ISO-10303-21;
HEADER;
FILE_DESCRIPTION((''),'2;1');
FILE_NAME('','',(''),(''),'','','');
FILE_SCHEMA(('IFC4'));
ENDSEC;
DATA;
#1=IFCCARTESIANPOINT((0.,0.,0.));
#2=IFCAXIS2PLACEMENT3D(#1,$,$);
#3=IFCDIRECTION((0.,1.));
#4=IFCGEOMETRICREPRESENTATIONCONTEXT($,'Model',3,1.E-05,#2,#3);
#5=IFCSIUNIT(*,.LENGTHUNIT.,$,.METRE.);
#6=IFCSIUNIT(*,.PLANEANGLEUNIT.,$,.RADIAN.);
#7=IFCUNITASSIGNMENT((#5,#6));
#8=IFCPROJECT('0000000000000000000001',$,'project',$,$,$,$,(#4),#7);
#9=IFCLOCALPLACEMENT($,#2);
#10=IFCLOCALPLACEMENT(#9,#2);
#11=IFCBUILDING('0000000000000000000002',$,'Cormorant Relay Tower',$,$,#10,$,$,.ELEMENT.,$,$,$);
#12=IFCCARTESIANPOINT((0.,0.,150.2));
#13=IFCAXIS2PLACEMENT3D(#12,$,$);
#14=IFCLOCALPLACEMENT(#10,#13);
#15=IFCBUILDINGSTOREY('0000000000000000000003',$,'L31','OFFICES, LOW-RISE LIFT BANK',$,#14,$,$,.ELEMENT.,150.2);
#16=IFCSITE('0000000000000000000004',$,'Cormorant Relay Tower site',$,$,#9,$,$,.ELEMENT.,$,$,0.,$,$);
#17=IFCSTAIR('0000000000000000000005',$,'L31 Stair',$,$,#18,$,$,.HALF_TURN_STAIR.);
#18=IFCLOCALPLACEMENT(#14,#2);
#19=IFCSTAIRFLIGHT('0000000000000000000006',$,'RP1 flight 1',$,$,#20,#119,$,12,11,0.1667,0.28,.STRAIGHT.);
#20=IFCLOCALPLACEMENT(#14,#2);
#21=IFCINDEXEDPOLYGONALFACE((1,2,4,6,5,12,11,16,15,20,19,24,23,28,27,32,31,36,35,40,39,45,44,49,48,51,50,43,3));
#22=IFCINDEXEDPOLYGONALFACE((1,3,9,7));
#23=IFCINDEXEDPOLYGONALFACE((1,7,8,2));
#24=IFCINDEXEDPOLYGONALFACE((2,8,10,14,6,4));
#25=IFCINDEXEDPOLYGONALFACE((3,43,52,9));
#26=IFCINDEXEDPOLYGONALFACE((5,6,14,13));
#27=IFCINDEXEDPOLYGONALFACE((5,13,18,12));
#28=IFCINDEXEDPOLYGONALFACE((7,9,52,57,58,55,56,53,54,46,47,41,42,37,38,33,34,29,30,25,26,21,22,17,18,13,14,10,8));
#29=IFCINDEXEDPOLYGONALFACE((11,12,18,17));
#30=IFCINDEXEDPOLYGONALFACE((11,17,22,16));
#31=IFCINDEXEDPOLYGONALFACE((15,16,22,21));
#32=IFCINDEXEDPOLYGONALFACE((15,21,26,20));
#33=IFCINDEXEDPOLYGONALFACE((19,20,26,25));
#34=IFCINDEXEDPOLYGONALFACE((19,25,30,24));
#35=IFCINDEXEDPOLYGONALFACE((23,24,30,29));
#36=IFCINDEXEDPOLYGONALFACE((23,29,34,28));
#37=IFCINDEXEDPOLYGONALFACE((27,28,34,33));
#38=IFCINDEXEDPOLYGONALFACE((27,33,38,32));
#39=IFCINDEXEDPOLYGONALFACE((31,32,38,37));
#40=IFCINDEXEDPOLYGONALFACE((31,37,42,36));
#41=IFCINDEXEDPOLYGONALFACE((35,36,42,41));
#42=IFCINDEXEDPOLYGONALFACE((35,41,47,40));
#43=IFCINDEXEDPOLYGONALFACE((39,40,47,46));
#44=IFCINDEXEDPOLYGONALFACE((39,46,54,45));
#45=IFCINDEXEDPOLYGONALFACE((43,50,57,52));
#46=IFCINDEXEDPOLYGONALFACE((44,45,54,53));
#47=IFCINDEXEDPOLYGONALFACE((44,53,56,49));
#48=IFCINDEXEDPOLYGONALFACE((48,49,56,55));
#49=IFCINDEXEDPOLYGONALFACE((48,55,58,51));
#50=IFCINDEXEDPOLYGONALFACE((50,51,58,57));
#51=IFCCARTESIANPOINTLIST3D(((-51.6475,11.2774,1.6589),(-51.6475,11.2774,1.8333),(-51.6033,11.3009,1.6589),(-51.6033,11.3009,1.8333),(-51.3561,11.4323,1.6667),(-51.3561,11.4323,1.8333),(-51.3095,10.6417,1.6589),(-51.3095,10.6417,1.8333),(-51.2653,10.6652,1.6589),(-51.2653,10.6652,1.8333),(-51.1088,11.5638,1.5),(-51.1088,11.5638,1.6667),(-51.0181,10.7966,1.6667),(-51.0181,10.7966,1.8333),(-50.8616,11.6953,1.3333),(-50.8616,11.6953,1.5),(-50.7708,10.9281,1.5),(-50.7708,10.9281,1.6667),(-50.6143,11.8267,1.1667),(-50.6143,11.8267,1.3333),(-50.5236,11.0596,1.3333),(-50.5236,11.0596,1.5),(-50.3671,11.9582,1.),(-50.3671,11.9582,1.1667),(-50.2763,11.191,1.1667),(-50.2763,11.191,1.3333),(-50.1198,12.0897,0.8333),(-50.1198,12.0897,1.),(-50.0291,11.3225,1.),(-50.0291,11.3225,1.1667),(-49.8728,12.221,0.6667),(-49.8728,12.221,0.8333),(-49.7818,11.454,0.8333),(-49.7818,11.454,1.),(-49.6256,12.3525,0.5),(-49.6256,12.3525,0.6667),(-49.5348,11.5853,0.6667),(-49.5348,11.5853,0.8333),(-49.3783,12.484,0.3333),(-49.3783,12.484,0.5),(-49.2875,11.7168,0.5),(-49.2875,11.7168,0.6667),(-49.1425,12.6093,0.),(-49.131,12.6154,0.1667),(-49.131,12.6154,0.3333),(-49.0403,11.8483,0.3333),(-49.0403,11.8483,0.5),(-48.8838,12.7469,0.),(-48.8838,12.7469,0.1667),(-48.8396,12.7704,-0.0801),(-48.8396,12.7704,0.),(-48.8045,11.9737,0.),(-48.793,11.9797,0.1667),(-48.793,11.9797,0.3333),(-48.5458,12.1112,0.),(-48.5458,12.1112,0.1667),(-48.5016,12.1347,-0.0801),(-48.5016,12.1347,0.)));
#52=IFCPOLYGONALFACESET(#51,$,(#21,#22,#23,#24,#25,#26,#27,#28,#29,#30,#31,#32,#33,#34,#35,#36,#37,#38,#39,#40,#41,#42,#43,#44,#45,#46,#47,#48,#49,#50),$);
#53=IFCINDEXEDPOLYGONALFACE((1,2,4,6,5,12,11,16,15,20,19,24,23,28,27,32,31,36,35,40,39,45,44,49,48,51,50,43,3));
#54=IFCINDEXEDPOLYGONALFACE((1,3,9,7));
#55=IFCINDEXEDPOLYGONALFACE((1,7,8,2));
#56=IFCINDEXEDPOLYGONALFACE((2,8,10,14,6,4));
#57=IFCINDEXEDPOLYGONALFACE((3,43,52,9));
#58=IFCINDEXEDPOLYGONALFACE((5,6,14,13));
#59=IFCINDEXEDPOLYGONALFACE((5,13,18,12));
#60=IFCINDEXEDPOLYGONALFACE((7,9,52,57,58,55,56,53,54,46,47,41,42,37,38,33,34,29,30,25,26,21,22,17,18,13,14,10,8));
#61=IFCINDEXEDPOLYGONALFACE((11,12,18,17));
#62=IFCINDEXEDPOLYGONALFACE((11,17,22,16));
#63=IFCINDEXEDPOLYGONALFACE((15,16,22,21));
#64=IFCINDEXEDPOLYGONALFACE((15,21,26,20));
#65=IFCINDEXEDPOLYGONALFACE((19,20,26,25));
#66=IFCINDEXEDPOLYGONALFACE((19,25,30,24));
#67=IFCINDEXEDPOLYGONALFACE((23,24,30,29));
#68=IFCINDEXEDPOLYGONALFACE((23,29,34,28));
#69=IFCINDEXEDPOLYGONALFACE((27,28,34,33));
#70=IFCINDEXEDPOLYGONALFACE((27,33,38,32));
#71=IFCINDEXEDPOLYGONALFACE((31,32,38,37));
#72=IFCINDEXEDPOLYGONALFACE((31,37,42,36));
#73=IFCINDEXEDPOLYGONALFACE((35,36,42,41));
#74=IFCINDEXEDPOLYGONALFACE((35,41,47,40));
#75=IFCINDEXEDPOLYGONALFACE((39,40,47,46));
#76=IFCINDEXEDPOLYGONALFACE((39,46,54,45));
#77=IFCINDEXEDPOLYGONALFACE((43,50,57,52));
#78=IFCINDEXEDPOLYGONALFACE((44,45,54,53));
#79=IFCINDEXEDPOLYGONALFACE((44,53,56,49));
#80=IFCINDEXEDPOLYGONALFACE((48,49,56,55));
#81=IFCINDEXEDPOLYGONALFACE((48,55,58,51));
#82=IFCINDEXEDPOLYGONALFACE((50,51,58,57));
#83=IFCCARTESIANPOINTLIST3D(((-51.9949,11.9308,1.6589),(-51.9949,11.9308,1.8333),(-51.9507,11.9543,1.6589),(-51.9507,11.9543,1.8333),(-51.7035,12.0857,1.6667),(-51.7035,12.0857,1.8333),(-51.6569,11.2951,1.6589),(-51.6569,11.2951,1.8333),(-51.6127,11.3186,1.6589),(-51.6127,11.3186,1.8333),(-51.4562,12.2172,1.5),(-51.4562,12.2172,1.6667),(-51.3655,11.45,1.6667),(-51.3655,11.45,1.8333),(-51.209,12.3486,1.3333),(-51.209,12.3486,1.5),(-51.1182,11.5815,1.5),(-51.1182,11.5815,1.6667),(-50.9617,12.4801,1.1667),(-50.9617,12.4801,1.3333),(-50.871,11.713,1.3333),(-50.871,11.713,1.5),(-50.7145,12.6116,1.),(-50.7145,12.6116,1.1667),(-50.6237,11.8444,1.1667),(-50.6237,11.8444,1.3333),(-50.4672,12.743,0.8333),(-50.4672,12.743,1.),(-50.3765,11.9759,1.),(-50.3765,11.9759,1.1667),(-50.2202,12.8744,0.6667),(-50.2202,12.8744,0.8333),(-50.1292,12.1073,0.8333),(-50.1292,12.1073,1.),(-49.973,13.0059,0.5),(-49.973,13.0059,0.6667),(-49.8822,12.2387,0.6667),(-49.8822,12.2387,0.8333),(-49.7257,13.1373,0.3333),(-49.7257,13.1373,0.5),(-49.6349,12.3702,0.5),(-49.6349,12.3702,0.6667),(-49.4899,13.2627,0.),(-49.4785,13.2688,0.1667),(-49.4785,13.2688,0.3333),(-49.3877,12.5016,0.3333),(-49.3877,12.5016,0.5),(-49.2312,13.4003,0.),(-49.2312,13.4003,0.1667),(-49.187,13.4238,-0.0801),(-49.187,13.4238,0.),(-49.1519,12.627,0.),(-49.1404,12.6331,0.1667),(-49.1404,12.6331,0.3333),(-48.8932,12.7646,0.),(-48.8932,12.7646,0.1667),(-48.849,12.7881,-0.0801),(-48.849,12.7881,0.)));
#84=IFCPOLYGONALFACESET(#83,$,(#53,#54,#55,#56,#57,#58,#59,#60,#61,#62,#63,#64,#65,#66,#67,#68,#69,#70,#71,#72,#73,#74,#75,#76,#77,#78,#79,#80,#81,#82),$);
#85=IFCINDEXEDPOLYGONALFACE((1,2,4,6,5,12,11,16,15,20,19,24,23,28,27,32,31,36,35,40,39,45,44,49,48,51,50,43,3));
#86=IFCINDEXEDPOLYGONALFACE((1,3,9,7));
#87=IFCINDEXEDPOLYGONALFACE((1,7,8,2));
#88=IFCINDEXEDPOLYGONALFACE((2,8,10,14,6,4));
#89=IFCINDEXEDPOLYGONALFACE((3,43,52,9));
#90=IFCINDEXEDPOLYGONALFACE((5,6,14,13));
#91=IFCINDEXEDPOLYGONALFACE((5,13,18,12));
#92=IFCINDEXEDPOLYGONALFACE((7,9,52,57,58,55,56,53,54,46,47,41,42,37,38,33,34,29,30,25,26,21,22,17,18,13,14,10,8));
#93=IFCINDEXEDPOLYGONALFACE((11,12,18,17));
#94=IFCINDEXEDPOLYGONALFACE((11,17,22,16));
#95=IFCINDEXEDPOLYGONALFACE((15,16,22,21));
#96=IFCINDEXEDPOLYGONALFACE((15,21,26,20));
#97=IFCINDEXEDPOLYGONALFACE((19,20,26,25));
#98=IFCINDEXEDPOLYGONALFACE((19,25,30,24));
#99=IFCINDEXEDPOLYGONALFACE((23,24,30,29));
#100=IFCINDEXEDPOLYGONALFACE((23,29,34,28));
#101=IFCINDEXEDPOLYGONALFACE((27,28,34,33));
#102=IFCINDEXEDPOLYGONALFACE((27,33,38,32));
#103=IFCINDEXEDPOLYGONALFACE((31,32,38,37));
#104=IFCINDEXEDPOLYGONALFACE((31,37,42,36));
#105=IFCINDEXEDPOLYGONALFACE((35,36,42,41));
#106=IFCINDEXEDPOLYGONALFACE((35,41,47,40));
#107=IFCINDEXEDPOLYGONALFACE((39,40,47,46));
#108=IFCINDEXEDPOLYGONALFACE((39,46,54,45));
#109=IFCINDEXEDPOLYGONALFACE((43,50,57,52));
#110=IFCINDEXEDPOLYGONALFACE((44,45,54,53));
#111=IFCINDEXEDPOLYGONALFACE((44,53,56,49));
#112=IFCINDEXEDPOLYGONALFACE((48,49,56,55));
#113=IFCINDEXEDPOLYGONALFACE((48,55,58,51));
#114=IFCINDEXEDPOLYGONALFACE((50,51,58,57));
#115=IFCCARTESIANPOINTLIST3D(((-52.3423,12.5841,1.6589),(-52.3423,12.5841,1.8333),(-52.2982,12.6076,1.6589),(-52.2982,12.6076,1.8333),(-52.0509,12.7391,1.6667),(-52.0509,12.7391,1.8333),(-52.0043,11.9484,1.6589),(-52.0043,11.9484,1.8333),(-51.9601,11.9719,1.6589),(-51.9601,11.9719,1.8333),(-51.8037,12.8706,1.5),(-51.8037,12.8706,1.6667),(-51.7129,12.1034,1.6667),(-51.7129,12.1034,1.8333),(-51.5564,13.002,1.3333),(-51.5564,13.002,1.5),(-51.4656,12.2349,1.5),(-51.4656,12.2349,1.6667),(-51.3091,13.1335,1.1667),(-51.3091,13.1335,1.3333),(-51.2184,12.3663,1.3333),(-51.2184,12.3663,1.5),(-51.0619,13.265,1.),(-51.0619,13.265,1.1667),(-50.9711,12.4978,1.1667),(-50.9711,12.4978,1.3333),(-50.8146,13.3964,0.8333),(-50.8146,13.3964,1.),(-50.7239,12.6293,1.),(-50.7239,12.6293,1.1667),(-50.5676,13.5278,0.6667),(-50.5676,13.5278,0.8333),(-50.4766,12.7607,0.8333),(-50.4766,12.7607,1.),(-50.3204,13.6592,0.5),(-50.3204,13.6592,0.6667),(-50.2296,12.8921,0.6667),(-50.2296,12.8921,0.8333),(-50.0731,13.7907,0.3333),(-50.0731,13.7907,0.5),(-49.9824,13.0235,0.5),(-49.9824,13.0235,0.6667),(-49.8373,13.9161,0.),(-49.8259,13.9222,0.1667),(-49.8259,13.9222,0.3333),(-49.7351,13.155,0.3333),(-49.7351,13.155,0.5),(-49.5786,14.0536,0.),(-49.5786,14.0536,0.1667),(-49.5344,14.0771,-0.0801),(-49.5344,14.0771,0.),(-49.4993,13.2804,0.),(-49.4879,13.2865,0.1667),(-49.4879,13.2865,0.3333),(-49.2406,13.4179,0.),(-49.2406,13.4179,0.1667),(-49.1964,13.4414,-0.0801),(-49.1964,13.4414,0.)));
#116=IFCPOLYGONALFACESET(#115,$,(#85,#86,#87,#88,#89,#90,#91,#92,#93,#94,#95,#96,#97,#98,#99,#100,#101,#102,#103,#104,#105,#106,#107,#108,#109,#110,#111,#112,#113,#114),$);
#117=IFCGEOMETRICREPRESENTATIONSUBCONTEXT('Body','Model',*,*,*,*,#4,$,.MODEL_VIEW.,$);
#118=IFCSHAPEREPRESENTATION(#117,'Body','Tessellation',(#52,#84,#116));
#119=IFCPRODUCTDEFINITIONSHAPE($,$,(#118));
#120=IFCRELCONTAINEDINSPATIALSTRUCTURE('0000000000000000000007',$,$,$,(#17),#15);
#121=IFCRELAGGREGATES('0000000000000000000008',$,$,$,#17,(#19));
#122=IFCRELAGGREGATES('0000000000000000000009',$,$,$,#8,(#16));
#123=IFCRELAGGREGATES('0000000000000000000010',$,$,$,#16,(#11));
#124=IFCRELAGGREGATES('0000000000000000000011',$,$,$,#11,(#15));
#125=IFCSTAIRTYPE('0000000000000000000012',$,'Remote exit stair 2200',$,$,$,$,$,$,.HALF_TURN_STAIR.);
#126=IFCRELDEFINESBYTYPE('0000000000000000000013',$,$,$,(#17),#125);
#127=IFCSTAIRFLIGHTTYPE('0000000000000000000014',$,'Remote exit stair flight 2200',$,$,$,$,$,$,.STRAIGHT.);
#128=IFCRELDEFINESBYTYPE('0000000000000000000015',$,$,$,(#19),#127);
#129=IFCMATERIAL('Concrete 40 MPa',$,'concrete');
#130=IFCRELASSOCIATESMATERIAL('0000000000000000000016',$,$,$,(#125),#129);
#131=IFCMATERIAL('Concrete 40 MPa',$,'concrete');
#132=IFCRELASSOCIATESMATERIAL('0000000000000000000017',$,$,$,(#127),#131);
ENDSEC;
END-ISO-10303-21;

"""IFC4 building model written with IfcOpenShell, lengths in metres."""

from ifc_helpers import new_model, si_unit, direction, frame, origin, place, context, subcontext, project, spatial, polyline, outline, extrude, material, type_object, element, aggregate, save


model = new_model("IFC4")

# Units and contexts
model_context = context("Model", 3, precision=1e-05, world=origin(), true_north=direction((0.0, 1.0)))
body_context = subcontext(model_context, "Body", "Model", "MODEL_VIEW")
ifc_project = project(units=[si_unit("LENGTHUNIT", "METRE"), si_unit("PLANEANGLEUNIT", "RADIAN")], contexts=[model_context])

# Site, building, storey
site_placement = place(None, origin())
site = spatial("IfcSite", under=ifc_project, at=site_placement, Name="Cormorant Relay Tower site", CompositionType="ELEMENT", RefElevation=0.0)
building_placement = place(site_placement, origin())
building = spatial("IfcBuilding", under=site, at=building_placement, Name="Cormorant Relay Tower", CompositionType="ELEMENT")
storey_placement = place(building_placement, frame((0.0, 0.0, 150.2)))
storey = spatial("IfcBuildingStorey", under=building, at=storey_placement, Name="L31", Description="OFFICES, LOW-RISE LIFT BANK", CompositionType="ELEMENT", Elevation=150.2)

# Stair, stair flight
ifc_material_1 = material(Name="Concrete 40 MPa", Category="concrete")
stair_type = type_object("IfcStairType", Name="Remote exit stair 2200", PredefinedType="HALF_TURN_STAIR", material=ifc_material_1)
stair_placement = place(storey_placement, origin())
stair = element("IfcStair", 1, at=stair_placement, inside=storey, type_object=stair_type, Name="L31 Stair", PredefinedType="HALF_TURN_STAIR")
ifc_material_2 = material(Name="Concrete 40 MPa", Category="concrete")
stair_flight_type = type_object("IfcStairFlightType", Name="Remote exit stair flight 2200", PredefinedType="STRAIGHT", material=ifc_material_2)
stair_flight_1_placement = place(storey_placement, frame((-49.0623, 13.0825, 0.0), z_axis=(0.0, 0.0, 1.0), x_axis=(-0.882948, -0.469472, 0.0)))
stair_flight_1 = element("IfcStairFlight", 2, at=stair_flight_1_placement, type_object=stair_flight_type, Name="RP1 flight 1", NumberOfRisers=12, NumberOfTreads=11, PredefinedType="STRAIGHT", RiserHeight=0.1667, TreadLength=0.28, context=body_context, shape_type="SweptSolid", body=[
    extrude(outline(polyline([(-0.05, -0.0801), (-0.05, 0.0), (0.0, 0.0), (0.0, 0.1667), (0.28, 0.1667), (0.28, 0.3333), (0.5601, 0.3333), (0.5601, 0.5), (0.8401, 0.5), (0.8401, 0.6667), (1.1201, 0.6667), (1.1201, 0.8333), (1.3999, 0.8333), (1.3999, 1.0), (1.6799, 1.0), (1.6799, 1.1667), (1.96, 1.1667), (1.96, 1.3333), (2.24, 1.3333), (2.24, 1.5), (2.52, 1.5), (2.52, 1.6667), (2.8, 1.6667), (2.8, 1.8333), (3.0801, 1.8333), (3.1301, 1.8333), (3.1301, 1.6589), (3.0801, 1.6589), (0.293, 0.0), (-0.05, -0.0801)])), frame((0.0, 1.1001, 0.0), z_axis=(0.0, -1.0, 0.0), x_axis=(1.0, 0.0, 0.0)), (0.0, 0.0, 1.0), 0.72),
    extrude(outline(polyline([(-0.05, -0.0801), (-0.05, 0.0), (0.0, 0.0), (0.0, 0.1667), (0.28, 0.1667), (0.28, 0.3333), (0.5601, 0.3333), (0.5601, 0.5), (0.8401, 0.5), (0.8401, 0.6667), (1.1201, 0.6667), (1.1201, 0.8333), (1.3999, 0.8333), (1.3999, 1.0), (1.6799, 1.0), (1.6799, 1.1667), (1.96, 1.1667), (1.96, 1.3333), (2.24, 1.3333), (2.24, 1.5), (2.52, 1.5), (2.52, 1.6667), (2.8, 1.6667), (2.8, 1.8333), (3.0801, 1.8333), (3.1301, 1.8333), (3.1301, 1.6589), (3.0801, 1.6589), (0.293, 0.0), (-0.05, -0.0801)])), frame((0.0, 0.3601, 0.0), z_axis=(0.0, -1.0, 0.0), x_axis=(1.0, 0.0, 0.0)), (0.0, 0.0, 1.0), 0.72),
    extrude(outline(polyline([(-0.05, -0.0801), (-0.05, 0.0), (0.0, 0.0), (0.0, 0.1667), (0.28, 0.1667), (0.28, 0.3333), (0.5601, 0.3333), (0.5601, 0.5), (0.8401, 0.5), (0.8401, 0.6667), (1.1201, 0.6667), (1.1201, 0.8333), (1.3999, 0.8333), (1.3999, 1.0), (1.6799, 1.0), (1.6799, 1.1667), (1.96, 1.1667), (1.96, 1.3333), (2.24, 1.3333), (2.24, 1.5), (2.52, 1.5), (2.52, 1.6667), (2.8, 1.6667), (2.8, 1.8333), (3.0801, 1.8333), (3.1301, 1.8333), (3.1301, 1.6589), (3.0801, 1.6589), (0.293, 0.0), (-0.05, -0.0801)])), frame((0.0, -0.3799, 0.0), z_axis=(0.0, -1.0, 0.0), x_axis=(1.0, 0.0, 0.0)), (0.0, 0.0, 1.0), 0.72),
])
aggregate(stair, [stair_flight_1])

save(model, "model.ifc")
